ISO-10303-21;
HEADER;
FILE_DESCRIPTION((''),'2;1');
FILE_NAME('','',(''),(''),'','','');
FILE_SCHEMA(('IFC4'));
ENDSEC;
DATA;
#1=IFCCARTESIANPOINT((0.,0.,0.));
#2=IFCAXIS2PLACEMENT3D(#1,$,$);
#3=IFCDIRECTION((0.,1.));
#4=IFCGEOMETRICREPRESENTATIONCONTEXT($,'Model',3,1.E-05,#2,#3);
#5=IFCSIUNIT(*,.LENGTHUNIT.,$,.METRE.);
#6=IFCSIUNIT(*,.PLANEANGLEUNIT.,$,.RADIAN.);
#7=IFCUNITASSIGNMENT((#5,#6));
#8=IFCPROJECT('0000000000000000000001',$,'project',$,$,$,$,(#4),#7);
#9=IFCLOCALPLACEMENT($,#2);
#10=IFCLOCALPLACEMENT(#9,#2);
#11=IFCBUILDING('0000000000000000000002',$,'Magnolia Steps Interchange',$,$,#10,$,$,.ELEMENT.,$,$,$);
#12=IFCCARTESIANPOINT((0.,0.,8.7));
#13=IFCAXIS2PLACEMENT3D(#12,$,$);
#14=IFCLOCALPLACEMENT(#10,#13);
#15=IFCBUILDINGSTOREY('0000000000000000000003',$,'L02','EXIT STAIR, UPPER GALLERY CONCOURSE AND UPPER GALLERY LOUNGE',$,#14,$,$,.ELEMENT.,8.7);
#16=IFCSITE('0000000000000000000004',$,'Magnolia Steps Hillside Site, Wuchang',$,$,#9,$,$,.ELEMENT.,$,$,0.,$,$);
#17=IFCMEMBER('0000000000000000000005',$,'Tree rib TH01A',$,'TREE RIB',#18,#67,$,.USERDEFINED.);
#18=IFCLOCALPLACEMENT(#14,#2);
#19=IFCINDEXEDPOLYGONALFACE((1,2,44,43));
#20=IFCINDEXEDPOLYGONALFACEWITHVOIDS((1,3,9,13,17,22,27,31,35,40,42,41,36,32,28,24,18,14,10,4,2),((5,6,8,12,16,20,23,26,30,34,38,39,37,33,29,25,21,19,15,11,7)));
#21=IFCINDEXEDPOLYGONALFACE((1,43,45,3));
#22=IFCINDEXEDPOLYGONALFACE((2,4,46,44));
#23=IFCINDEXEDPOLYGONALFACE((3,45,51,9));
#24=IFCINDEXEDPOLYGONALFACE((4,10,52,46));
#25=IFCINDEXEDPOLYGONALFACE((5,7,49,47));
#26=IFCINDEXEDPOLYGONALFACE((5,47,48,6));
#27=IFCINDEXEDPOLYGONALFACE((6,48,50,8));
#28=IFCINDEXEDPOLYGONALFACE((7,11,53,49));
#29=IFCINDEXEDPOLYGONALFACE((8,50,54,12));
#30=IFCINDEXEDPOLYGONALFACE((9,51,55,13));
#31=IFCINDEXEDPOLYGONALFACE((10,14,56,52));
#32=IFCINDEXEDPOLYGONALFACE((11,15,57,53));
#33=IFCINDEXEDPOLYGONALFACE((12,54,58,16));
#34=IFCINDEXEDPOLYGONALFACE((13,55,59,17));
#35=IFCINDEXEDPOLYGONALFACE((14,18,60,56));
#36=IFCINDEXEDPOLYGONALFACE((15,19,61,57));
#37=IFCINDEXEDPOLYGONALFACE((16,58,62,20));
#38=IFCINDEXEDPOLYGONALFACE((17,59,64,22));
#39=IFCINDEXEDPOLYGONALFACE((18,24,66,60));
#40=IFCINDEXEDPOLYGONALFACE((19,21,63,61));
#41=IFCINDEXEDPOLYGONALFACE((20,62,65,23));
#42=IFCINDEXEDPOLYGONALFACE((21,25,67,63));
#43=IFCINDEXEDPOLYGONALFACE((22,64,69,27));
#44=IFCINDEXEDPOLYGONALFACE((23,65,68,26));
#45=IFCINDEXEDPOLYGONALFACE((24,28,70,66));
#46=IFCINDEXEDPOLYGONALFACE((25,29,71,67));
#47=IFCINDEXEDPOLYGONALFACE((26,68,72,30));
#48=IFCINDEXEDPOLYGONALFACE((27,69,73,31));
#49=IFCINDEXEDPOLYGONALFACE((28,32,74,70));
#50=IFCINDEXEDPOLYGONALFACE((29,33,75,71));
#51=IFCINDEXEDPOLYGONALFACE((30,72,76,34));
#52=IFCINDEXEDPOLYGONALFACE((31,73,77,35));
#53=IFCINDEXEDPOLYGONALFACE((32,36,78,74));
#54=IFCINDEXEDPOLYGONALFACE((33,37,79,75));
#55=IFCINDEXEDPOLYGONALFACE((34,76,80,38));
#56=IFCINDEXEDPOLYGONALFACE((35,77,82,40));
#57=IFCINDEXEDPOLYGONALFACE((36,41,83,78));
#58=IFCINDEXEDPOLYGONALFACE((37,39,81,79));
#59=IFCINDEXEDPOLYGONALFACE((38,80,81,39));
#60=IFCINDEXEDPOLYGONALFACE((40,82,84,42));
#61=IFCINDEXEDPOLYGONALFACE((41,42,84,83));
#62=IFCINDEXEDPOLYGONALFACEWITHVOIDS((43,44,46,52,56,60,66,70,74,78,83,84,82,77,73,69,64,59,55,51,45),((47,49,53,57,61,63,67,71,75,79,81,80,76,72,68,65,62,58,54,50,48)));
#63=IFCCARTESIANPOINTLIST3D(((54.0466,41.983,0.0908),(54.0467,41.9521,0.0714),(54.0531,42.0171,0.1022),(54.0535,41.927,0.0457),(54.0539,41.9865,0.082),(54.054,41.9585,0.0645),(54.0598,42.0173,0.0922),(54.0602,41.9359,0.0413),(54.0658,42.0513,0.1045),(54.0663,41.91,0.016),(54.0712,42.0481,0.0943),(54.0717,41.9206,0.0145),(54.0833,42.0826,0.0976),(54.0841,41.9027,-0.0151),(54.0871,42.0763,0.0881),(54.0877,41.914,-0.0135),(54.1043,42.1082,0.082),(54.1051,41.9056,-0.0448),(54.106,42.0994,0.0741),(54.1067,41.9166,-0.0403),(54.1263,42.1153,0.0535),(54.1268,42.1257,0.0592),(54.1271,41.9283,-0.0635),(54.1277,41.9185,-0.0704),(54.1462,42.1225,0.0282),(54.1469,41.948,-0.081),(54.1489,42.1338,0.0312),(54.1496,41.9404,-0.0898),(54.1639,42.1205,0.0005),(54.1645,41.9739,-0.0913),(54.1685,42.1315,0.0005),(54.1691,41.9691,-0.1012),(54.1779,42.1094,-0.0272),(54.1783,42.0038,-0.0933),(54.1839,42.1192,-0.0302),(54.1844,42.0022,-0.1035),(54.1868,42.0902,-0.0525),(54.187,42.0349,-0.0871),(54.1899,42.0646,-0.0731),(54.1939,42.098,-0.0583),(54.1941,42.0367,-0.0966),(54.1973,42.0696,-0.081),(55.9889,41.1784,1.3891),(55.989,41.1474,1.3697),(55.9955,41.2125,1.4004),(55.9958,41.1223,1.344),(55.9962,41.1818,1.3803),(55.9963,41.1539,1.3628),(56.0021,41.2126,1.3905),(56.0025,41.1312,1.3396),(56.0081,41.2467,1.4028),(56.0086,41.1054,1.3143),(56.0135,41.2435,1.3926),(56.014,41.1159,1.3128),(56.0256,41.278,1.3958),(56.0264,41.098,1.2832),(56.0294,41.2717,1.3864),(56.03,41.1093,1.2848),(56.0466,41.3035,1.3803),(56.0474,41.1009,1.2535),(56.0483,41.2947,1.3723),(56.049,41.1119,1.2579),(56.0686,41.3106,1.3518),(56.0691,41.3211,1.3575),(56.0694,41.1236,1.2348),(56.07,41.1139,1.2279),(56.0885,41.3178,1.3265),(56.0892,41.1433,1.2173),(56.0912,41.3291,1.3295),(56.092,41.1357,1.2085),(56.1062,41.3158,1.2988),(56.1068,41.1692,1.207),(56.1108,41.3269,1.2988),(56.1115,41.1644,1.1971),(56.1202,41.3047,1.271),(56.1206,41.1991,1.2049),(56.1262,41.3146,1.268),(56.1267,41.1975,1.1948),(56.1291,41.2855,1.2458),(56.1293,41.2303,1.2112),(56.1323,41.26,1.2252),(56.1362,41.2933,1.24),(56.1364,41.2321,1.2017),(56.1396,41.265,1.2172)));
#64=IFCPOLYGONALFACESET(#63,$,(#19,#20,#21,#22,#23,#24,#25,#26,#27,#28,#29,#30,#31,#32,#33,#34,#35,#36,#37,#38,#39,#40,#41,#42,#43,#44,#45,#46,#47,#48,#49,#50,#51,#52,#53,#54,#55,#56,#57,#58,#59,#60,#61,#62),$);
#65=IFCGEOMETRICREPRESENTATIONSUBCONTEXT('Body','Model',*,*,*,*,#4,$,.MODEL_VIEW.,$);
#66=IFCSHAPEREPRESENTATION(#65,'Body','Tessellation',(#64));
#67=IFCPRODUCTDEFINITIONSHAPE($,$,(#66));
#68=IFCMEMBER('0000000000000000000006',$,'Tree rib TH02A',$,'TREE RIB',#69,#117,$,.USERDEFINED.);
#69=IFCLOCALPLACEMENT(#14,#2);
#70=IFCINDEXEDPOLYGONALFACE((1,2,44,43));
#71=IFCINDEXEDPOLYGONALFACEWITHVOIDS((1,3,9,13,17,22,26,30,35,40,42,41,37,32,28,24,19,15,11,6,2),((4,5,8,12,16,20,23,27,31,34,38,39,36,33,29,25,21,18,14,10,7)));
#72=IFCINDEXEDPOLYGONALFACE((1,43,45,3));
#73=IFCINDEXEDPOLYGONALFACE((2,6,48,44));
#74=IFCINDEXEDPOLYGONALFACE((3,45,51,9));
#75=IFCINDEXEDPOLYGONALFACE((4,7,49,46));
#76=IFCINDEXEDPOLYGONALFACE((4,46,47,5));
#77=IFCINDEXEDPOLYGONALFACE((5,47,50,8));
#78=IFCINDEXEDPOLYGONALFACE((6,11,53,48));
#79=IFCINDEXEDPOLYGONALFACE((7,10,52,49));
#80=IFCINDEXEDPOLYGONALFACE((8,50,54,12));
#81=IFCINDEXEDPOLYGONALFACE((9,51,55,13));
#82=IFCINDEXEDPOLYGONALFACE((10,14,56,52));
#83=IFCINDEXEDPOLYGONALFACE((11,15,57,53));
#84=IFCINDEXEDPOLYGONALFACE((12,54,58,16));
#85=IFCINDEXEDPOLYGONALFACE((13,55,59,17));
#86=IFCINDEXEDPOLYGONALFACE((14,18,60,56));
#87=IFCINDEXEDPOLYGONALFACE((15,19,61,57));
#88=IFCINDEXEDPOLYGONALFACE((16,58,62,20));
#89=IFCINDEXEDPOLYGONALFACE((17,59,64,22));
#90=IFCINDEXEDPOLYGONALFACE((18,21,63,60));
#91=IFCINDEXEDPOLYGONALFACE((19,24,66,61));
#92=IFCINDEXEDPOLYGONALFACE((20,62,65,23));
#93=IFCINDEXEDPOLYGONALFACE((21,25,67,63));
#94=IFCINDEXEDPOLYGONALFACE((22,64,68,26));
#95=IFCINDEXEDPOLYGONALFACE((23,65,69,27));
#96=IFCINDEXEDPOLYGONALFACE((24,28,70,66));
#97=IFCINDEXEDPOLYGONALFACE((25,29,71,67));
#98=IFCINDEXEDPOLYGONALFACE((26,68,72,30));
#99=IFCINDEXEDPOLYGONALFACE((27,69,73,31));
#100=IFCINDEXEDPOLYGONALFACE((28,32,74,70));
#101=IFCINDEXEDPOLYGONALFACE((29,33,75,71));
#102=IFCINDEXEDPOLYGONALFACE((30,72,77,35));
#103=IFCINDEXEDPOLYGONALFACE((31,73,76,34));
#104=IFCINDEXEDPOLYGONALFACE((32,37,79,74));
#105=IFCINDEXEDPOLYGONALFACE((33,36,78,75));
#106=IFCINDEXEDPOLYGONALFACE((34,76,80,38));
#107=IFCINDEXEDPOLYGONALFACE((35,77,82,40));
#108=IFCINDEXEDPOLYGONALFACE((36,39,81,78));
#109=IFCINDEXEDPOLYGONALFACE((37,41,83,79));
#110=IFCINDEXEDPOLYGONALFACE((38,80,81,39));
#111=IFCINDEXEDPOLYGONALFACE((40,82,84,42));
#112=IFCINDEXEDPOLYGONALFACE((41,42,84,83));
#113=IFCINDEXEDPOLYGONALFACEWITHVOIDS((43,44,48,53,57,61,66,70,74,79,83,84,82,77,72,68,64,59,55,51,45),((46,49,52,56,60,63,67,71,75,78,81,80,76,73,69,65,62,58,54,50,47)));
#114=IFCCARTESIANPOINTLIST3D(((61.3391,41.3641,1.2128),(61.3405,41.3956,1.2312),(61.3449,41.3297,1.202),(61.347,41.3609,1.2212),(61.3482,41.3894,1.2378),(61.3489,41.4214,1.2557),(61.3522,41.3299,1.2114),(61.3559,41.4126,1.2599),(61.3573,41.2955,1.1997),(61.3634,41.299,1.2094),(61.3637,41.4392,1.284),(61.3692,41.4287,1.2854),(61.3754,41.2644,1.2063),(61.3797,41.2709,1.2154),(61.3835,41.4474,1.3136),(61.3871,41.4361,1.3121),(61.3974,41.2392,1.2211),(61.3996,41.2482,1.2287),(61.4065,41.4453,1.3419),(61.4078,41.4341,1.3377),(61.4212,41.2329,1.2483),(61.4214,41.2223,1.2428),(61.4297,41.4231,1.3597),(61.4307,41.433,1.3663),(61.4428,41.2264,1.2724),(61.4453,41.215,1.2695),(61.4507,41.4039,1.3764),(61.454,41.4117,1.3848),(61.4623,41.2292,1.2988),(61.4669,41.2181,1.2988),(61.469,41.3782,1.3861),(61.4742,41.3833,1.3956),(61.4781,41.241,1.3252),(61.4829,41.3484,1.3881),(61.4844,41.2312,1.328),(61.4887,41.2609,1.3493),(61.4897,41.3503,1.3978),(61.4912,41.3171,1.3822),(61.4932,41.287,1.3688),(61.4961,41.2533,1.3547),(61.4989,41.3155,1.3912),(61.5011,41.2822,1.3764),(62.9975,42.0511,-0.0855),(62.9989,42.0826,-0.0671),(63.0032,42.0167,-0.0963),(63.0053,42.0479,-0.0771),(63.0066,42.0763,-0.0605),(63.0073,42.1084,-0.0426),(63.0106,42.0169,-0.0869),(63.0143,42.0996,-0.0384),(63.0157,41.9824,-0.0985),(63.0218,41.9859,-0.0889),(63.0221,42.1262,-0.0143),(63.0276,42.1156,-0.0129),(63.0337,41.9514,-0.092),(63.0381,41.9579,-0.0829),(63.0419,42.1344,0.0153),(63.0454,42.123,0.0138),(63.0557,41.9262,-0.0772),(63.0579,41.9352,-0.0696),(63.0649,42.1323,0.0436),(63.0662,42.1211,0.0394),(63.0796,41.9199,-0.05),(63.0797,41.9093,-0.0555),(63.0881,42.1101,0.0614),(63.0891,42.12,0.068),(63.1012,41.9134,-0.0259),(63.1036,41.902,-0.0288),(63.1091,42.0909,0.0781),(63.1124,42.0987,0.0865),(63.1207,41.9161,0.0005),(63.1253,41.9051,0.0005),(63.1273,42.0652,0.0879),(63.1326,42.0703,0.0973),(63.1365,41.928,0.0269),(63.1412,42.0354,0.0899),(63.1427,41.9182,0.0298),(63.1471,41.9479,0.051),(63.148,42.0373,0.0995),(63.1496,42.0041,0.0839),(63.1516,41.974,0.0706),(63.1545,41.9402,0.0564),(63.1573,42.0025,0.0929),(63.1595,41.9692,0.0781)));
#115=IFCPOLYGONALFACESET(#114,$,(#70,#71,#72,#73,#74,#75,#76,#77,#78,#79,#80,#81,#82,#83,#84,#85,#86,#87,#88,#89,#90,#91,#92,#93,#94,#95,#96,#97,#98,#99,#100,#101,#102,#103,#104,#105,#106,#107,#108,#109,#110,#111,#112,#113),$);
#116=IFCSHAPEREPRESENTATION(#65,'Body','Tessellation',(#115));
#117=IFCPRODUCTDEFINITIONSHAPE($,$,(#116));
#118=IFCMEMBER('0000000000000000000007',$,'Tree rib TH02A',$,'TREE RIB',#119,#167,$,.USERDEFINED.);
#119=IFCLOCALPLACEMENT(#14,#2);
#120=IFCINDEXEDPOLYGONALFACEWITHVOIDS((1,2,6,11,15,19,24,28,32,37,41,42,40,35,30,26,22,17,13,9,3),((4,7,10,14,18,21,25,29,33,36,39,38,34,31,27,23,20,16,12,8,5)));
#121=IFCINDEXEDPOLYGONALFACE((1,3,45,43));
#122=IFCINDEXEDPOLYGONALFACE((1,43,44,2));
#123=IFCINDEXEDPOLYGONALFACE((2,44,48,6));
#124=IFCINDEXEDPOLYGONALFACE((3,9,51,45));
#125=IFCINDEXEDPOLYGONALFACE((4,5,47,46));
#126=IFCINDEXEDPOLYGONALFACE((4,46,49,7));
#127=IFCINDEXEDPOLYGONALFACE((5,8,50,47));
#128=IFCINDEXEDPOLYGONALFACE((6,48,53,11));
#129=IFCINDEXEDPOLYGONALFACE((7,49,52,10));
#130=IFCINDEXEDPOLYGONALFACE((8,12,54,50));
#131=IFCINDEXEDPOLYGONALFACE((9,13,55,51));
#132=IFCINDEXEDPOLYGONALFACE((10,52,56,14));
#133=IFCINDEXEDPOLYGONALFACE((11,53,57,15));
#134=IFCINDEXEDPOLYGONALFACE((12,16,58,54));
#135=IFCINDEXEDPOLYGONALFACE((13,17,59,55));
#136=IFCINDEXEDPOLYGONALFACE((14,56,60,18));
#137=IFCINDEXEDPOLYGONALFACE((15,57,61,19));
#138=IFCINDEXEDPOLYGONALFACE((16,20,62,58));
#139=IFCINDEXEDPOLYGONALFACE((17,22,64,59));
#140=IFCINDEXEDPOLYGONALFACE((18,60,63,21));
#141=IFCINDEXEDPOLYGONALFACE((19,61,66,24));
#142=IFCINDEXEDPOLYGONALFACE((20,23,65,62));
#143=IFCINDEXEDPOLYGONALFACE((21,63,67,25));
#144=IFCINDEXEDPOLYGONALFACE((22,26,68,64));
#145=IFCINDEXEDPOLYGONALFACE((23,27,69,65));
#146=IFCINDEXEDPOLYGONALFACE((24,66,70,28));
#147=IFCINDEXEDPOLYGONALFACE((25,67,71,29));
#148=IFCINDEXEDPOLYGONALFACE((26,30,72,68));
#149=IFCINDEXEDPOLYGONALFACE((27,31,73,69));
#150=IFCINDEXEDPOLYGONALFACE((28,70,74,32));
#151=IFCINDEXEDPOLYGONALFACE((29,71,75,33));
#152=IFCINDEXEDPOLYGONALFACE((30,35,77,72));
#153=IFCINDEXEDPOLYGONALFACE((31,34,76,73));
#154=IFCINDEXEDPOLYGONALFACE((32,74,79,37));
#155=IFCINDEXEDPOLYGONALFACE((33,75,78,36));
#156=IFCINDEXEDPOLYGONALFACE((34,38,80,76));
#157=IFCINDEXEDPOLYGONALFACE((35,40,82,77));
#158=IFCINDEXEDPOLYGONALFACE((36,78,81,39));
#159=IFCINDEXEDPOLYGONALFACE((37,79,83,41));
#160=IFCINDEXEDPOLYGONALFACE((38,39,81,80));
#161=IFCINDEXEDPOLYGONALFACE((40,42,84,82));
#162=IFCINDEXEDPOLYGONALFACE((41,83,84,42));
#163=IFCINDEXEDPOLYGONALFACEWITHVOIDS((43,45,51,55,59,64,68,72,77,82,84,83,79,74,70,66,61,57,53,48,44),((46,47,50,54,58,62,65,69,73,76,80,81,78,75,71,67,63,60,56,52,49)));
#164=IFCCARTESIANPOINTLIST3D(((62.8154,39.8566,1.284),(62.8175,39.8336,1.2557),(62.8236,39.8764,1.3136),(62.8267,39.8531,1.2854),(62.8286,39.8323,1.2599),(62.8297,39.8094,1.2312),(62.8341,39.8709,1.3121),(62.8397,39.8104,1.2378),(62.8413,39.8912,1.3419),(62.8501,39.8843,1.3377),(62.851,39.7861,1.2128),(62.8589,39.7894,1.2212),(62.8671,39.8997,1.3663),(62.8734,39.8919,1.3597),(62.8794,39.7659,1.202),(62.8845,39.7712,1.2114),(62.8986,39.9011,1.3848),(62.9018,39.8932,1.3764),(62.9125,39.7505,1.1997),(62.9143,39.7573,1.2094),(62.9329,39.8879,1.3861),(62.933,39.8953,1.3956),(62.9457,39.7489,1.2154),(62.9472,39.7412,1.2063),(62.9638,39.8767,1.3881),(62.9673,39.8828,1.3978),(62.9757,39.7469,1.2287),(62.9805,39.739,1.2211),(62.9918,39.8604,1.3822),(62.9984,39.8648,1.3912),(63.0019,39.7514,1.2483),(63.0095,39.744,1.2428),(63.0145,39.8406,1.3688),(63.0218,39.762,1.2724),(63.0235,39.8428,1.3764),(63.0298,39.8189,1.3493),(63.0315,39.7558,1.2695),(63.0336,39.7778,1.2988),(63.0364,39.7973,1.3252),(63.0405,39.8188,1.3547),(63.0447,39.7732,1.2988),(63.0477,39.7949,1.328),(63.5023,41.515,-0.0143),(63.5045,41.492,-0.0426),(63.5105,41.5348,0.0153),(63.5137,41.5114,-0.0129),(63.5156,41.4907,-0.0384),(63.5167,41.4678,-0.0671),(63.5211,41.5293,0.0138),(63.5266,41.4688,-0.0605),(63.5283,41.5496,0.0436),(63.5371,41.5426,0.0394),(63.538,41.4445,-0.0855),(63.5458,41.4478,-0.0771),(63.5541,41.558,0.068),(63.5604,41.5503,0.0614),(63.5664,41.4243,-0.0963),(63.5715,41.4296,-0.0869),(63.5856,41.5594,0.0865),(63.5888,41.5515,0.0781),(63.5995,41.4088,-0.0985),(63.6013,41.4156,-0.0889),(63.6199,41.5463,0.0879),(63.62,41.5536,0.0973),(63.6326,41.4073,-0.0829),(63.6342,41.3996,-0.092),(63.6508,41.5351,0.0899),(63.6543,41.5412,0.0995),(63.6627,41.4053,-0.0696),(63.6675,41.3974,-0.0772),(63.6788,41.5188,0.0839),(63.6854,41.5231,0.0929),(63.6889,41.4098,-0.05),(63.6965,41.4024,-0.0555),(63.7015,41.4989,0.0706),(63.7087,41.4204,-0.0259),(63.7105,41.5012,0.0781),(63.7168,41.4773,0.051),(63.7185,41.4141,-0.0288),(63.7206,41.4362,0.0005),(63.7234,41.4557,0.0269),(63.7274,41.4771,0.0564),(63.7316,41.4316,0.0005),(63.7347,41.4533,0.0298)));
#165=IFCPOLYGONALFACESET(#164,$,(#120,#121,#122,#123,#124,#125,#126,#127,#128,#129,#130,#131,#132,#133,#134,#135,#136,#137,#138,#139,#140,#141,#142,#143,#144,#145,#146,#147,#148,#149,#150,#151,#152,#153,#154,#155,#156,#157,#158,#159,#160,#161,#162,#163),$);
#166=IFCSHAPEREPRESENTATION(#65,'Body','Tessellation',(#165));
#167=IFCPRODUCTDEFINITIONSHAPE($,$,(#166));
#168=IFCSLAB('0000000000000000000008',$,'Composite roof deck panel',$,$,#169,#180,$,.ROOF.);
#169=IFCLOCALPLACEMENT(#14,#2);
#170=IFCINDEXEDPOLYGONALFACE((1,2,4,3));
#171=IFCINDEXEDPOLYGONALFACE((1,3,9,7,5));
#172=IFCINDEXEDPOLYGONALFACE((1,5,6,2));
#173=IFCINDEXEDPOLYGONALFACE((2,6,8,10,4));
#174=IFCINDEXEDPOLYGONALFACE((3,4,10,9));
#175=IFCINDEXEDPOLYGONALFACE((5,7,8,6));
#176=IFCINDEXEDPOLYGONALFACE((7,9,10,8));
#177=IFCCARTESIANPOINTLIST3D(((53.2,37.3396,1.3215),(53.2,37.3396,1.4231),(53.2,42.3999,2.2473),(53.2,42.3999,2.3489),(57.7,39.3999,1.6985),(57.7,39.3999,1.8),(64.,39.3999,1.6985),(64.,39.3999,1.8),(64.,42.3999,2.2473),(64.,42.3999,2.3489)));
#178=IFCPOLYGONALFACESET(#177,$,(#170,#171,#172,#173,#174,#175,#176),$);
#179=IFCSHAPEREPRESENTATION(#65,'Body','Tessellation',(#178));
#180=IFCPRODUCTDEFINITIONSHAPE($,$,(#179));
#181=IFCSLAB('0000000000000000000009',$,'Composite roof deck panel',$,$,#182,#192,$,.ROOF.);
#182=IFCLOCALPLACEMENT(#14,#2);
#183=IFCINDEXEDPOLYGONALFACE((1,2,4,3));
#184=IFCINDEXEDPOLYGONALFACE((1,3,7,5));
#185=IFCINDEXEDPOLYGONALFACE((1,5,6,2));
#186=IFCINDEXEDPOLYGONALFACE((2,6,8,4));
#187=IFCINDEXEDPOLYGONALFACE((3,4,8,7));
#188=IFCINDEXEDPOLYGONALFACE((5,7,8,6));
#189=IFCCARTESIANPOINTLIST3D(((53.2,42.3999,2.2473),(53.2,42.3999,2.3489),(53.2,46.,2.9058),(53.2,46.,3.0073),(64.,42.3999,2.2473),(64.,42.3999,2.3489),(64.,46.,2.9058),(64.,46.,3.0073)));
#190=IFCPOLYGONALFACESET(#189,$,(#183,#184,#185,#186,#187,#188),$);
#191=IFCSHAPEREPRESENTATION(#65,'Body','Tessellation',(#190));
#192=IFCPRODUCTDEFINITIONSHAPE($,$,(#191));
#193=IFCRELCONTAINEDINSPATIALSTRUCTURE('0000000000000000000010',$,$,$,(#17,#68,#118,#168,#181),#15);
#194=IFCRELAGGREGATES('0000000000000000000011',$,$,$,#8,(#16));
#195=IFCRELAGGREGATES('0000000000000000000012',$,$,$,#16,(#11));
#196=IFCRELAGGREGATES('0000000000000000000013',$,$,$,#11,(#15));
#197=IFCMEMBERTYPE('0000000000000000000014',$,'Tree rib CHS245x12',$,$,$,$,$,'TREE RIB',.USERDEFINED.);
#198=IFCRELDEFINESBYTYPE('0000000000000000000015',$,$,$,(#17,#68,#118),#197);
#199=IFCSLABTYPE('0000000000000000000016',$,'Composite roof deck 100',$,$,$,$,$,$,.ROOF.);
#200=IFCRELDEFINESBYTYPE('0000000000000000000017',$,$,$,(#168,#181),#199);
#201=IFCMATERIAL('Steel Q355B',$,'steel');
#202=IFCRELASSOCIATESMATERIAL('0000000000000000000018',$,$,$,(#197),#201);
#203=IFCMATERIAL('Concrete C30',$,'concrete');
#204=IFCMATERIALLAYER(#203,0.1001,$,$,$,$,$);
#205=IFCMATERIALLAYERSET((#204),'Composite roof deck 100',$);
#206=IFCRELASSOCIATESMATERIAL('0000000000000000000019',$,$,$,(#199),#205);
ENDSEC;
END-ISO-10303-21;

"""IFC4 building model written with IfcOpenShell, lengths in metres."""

from ifc_helpers import new_model, si_unit, direction, frame, origin, origin_2d, place, context, subcontext, project, spatial, polyline, hollow_circle, outline, extrude, material, layer, layer_set, material_profile, profile_set, type_object, element, save


model = new_model("IFC4")

# Units and contexts
model_context = context("Model", 3, precision=1e-05, world=origin(), true_north=direction((0.0, 1.0)))
body_context = subcontext(model_context, "Body", "Model", "MODEL_VIEW")
ifc_project = project(units=[si_unit("LENGTHUNIT", "METRE"), si_unit("PLANEANGLEUNIT", "RADIAN")], contexts=[model_context])

# Site, building, storey
site_placement = place(None, origin())
site = spatial("IfcSite", under=ifc_project, at=site_placement, Name="Magnolia Steps Hillside Site, Wuchang", CompositionType="ELEMENT", RefElevation=0.0)
building_placement = place(site_placement, origin())
building = spatial("IfcBuilding", under=site, at=building_placement, Name="Magnolia Steps Interchange", CompositionType="ELEMENT")
storey_placement = place(building_placement, frame((0.0, 0.0, 8.7)))
storey = spatial("IfcBuildingStorey", under=building, at=storey_placement, Name="L02", Description="EXIT STAIR, UPPER GALLERY CONCOURSE AND UPPER GALLERY LOUNGE", CompositionType="ELEMENT", Elevation=8.7)

# Members
ifc_material_1 = material(Name="Steel Q355B", Category="steel")
ifc_material_profile_1 = material_profile(ifc_material_1, hollow_circle(Radius=0.1226, WallThickness=0.012, at=origin_2d()), Name="CHS245x12")
ifc_profile_set_1 = profile_set([ifc_material_profile_1], Name="Steel Q355B")
member_type = type_object("IfcMemberType", Name="Tree rib CHS245x12", ElementType="TREE RIB", PredefinedType="USERDEFINED", material=ifc_profile_set_1)
member_1_placement = place(storey_placement, frame((54.1216, 42.0183, 0.0005), z_axis=(0.786058, -0.325647, 0.525422), x_axis=(0.382735, 0.923858, 0.0)))
element("IfcMember", 1, at=member_1_placement, inside=storey, type_object=member_type, Name="Tree rib TH01A", ObjectType="TREE RIB", PredefinedType="USERDEFINED", context=body_context, shape_type="SweptSolid", body=[
    extrude(hollow_circle(Radius=0.1226, WallThickness=0.012, at=origin_2d()), origin(), (0.0, 0.0, 1.0), 2.4709),
])
for number, where, z_axis, x_axis, name in (
    (2, (63.0784, 42.0183, 0.0005), (-0.74859, -0.310103, 0.586045), (0.382712, -0.923868, 0.0), "Tree rib TH02A"),
    (3, (63.6184, 41.4785, 0.0005), (-0.310103, -0.74859, 0.586045), (0.923868, -0.382712, 0.0), "Tree rib TH02A"),
):
    element("IfcMember", number, at=place(storey_placement, frame(where, z_axis=z_axis, x_axis=x_axis)), inside=storey, type_object=member_type, Name=name, ObjectType="TREE RIB", PredefinedType="USERDEFINED", context=body_context, shape_type="SweptSolid", body=[
        extrude(hollow_circle(Radius=0.1226, WallThickness=0.012, at=origin_2d()), origin(), (0.0, 0.0, 1.0), 2.2153),
    ])

# Slabs
ifc_material_2 = material(Name="Concrete C30", Category="concrete")
ifc_layer_1 = layer(ifc_material_2, 0.1001)
ifc_layer_set_1 = layer_set([ifc_layer_1], Name="Composite roof deck 100")
slab_type = type_object("IfcSlabType", Name="Composite roof deck 100", PredefinedType="ROOF", material=ifc_layer_set_1)
slab_1_placement = place(storey_placement, frame((64.0, 39.3999, 1.8), z_axis=(-0.000001, -0.179958, 0.983674), x_axis=(0.0, 0.983674, 0.179958)))
element("IfcSlab", 4, at=slab_1_placement, inside=storey, type_object=slab_type, Name="Composite roof deck panel", PredefinedType="ROOF", context=body_context, shape_type="SweptSolid", body=[
    extrude(outline(polyline([(0.0, 0.0), (3.0498, 0.0), (3.0498, 10.8), (-2.0945, 10.8), (0.0, 6.3), (0.0, 0.0)])), origin(), (-0.179958, 0.000001, -0.983674), 0.1016),
])
slab_2_placement = place(storey_placement, frame((64.0, 42.3999, 2.3489), z_axis=(0.0, -0.179913, 0.983683), x_axis=(0.0, 0.983683, 0.179913)))
element("IfcSlab", 5, at=slab_2_placement, inside=storey, type_object=slab_type, Name="Composite roof deck panel", PredefinedType="ROOF", context=body_context, shape_type="SweptSolid", body=[
    extrude(outline(polyline([(0.0, 0.0), (3.6598, 0.0), (3.6598, 10.8), (0.0, 10.8), (0.0, 0.0)])), origin(), (-0.179913, 0.0, -0.983683), 0.1016),
])

save(model, "model.ifc")
